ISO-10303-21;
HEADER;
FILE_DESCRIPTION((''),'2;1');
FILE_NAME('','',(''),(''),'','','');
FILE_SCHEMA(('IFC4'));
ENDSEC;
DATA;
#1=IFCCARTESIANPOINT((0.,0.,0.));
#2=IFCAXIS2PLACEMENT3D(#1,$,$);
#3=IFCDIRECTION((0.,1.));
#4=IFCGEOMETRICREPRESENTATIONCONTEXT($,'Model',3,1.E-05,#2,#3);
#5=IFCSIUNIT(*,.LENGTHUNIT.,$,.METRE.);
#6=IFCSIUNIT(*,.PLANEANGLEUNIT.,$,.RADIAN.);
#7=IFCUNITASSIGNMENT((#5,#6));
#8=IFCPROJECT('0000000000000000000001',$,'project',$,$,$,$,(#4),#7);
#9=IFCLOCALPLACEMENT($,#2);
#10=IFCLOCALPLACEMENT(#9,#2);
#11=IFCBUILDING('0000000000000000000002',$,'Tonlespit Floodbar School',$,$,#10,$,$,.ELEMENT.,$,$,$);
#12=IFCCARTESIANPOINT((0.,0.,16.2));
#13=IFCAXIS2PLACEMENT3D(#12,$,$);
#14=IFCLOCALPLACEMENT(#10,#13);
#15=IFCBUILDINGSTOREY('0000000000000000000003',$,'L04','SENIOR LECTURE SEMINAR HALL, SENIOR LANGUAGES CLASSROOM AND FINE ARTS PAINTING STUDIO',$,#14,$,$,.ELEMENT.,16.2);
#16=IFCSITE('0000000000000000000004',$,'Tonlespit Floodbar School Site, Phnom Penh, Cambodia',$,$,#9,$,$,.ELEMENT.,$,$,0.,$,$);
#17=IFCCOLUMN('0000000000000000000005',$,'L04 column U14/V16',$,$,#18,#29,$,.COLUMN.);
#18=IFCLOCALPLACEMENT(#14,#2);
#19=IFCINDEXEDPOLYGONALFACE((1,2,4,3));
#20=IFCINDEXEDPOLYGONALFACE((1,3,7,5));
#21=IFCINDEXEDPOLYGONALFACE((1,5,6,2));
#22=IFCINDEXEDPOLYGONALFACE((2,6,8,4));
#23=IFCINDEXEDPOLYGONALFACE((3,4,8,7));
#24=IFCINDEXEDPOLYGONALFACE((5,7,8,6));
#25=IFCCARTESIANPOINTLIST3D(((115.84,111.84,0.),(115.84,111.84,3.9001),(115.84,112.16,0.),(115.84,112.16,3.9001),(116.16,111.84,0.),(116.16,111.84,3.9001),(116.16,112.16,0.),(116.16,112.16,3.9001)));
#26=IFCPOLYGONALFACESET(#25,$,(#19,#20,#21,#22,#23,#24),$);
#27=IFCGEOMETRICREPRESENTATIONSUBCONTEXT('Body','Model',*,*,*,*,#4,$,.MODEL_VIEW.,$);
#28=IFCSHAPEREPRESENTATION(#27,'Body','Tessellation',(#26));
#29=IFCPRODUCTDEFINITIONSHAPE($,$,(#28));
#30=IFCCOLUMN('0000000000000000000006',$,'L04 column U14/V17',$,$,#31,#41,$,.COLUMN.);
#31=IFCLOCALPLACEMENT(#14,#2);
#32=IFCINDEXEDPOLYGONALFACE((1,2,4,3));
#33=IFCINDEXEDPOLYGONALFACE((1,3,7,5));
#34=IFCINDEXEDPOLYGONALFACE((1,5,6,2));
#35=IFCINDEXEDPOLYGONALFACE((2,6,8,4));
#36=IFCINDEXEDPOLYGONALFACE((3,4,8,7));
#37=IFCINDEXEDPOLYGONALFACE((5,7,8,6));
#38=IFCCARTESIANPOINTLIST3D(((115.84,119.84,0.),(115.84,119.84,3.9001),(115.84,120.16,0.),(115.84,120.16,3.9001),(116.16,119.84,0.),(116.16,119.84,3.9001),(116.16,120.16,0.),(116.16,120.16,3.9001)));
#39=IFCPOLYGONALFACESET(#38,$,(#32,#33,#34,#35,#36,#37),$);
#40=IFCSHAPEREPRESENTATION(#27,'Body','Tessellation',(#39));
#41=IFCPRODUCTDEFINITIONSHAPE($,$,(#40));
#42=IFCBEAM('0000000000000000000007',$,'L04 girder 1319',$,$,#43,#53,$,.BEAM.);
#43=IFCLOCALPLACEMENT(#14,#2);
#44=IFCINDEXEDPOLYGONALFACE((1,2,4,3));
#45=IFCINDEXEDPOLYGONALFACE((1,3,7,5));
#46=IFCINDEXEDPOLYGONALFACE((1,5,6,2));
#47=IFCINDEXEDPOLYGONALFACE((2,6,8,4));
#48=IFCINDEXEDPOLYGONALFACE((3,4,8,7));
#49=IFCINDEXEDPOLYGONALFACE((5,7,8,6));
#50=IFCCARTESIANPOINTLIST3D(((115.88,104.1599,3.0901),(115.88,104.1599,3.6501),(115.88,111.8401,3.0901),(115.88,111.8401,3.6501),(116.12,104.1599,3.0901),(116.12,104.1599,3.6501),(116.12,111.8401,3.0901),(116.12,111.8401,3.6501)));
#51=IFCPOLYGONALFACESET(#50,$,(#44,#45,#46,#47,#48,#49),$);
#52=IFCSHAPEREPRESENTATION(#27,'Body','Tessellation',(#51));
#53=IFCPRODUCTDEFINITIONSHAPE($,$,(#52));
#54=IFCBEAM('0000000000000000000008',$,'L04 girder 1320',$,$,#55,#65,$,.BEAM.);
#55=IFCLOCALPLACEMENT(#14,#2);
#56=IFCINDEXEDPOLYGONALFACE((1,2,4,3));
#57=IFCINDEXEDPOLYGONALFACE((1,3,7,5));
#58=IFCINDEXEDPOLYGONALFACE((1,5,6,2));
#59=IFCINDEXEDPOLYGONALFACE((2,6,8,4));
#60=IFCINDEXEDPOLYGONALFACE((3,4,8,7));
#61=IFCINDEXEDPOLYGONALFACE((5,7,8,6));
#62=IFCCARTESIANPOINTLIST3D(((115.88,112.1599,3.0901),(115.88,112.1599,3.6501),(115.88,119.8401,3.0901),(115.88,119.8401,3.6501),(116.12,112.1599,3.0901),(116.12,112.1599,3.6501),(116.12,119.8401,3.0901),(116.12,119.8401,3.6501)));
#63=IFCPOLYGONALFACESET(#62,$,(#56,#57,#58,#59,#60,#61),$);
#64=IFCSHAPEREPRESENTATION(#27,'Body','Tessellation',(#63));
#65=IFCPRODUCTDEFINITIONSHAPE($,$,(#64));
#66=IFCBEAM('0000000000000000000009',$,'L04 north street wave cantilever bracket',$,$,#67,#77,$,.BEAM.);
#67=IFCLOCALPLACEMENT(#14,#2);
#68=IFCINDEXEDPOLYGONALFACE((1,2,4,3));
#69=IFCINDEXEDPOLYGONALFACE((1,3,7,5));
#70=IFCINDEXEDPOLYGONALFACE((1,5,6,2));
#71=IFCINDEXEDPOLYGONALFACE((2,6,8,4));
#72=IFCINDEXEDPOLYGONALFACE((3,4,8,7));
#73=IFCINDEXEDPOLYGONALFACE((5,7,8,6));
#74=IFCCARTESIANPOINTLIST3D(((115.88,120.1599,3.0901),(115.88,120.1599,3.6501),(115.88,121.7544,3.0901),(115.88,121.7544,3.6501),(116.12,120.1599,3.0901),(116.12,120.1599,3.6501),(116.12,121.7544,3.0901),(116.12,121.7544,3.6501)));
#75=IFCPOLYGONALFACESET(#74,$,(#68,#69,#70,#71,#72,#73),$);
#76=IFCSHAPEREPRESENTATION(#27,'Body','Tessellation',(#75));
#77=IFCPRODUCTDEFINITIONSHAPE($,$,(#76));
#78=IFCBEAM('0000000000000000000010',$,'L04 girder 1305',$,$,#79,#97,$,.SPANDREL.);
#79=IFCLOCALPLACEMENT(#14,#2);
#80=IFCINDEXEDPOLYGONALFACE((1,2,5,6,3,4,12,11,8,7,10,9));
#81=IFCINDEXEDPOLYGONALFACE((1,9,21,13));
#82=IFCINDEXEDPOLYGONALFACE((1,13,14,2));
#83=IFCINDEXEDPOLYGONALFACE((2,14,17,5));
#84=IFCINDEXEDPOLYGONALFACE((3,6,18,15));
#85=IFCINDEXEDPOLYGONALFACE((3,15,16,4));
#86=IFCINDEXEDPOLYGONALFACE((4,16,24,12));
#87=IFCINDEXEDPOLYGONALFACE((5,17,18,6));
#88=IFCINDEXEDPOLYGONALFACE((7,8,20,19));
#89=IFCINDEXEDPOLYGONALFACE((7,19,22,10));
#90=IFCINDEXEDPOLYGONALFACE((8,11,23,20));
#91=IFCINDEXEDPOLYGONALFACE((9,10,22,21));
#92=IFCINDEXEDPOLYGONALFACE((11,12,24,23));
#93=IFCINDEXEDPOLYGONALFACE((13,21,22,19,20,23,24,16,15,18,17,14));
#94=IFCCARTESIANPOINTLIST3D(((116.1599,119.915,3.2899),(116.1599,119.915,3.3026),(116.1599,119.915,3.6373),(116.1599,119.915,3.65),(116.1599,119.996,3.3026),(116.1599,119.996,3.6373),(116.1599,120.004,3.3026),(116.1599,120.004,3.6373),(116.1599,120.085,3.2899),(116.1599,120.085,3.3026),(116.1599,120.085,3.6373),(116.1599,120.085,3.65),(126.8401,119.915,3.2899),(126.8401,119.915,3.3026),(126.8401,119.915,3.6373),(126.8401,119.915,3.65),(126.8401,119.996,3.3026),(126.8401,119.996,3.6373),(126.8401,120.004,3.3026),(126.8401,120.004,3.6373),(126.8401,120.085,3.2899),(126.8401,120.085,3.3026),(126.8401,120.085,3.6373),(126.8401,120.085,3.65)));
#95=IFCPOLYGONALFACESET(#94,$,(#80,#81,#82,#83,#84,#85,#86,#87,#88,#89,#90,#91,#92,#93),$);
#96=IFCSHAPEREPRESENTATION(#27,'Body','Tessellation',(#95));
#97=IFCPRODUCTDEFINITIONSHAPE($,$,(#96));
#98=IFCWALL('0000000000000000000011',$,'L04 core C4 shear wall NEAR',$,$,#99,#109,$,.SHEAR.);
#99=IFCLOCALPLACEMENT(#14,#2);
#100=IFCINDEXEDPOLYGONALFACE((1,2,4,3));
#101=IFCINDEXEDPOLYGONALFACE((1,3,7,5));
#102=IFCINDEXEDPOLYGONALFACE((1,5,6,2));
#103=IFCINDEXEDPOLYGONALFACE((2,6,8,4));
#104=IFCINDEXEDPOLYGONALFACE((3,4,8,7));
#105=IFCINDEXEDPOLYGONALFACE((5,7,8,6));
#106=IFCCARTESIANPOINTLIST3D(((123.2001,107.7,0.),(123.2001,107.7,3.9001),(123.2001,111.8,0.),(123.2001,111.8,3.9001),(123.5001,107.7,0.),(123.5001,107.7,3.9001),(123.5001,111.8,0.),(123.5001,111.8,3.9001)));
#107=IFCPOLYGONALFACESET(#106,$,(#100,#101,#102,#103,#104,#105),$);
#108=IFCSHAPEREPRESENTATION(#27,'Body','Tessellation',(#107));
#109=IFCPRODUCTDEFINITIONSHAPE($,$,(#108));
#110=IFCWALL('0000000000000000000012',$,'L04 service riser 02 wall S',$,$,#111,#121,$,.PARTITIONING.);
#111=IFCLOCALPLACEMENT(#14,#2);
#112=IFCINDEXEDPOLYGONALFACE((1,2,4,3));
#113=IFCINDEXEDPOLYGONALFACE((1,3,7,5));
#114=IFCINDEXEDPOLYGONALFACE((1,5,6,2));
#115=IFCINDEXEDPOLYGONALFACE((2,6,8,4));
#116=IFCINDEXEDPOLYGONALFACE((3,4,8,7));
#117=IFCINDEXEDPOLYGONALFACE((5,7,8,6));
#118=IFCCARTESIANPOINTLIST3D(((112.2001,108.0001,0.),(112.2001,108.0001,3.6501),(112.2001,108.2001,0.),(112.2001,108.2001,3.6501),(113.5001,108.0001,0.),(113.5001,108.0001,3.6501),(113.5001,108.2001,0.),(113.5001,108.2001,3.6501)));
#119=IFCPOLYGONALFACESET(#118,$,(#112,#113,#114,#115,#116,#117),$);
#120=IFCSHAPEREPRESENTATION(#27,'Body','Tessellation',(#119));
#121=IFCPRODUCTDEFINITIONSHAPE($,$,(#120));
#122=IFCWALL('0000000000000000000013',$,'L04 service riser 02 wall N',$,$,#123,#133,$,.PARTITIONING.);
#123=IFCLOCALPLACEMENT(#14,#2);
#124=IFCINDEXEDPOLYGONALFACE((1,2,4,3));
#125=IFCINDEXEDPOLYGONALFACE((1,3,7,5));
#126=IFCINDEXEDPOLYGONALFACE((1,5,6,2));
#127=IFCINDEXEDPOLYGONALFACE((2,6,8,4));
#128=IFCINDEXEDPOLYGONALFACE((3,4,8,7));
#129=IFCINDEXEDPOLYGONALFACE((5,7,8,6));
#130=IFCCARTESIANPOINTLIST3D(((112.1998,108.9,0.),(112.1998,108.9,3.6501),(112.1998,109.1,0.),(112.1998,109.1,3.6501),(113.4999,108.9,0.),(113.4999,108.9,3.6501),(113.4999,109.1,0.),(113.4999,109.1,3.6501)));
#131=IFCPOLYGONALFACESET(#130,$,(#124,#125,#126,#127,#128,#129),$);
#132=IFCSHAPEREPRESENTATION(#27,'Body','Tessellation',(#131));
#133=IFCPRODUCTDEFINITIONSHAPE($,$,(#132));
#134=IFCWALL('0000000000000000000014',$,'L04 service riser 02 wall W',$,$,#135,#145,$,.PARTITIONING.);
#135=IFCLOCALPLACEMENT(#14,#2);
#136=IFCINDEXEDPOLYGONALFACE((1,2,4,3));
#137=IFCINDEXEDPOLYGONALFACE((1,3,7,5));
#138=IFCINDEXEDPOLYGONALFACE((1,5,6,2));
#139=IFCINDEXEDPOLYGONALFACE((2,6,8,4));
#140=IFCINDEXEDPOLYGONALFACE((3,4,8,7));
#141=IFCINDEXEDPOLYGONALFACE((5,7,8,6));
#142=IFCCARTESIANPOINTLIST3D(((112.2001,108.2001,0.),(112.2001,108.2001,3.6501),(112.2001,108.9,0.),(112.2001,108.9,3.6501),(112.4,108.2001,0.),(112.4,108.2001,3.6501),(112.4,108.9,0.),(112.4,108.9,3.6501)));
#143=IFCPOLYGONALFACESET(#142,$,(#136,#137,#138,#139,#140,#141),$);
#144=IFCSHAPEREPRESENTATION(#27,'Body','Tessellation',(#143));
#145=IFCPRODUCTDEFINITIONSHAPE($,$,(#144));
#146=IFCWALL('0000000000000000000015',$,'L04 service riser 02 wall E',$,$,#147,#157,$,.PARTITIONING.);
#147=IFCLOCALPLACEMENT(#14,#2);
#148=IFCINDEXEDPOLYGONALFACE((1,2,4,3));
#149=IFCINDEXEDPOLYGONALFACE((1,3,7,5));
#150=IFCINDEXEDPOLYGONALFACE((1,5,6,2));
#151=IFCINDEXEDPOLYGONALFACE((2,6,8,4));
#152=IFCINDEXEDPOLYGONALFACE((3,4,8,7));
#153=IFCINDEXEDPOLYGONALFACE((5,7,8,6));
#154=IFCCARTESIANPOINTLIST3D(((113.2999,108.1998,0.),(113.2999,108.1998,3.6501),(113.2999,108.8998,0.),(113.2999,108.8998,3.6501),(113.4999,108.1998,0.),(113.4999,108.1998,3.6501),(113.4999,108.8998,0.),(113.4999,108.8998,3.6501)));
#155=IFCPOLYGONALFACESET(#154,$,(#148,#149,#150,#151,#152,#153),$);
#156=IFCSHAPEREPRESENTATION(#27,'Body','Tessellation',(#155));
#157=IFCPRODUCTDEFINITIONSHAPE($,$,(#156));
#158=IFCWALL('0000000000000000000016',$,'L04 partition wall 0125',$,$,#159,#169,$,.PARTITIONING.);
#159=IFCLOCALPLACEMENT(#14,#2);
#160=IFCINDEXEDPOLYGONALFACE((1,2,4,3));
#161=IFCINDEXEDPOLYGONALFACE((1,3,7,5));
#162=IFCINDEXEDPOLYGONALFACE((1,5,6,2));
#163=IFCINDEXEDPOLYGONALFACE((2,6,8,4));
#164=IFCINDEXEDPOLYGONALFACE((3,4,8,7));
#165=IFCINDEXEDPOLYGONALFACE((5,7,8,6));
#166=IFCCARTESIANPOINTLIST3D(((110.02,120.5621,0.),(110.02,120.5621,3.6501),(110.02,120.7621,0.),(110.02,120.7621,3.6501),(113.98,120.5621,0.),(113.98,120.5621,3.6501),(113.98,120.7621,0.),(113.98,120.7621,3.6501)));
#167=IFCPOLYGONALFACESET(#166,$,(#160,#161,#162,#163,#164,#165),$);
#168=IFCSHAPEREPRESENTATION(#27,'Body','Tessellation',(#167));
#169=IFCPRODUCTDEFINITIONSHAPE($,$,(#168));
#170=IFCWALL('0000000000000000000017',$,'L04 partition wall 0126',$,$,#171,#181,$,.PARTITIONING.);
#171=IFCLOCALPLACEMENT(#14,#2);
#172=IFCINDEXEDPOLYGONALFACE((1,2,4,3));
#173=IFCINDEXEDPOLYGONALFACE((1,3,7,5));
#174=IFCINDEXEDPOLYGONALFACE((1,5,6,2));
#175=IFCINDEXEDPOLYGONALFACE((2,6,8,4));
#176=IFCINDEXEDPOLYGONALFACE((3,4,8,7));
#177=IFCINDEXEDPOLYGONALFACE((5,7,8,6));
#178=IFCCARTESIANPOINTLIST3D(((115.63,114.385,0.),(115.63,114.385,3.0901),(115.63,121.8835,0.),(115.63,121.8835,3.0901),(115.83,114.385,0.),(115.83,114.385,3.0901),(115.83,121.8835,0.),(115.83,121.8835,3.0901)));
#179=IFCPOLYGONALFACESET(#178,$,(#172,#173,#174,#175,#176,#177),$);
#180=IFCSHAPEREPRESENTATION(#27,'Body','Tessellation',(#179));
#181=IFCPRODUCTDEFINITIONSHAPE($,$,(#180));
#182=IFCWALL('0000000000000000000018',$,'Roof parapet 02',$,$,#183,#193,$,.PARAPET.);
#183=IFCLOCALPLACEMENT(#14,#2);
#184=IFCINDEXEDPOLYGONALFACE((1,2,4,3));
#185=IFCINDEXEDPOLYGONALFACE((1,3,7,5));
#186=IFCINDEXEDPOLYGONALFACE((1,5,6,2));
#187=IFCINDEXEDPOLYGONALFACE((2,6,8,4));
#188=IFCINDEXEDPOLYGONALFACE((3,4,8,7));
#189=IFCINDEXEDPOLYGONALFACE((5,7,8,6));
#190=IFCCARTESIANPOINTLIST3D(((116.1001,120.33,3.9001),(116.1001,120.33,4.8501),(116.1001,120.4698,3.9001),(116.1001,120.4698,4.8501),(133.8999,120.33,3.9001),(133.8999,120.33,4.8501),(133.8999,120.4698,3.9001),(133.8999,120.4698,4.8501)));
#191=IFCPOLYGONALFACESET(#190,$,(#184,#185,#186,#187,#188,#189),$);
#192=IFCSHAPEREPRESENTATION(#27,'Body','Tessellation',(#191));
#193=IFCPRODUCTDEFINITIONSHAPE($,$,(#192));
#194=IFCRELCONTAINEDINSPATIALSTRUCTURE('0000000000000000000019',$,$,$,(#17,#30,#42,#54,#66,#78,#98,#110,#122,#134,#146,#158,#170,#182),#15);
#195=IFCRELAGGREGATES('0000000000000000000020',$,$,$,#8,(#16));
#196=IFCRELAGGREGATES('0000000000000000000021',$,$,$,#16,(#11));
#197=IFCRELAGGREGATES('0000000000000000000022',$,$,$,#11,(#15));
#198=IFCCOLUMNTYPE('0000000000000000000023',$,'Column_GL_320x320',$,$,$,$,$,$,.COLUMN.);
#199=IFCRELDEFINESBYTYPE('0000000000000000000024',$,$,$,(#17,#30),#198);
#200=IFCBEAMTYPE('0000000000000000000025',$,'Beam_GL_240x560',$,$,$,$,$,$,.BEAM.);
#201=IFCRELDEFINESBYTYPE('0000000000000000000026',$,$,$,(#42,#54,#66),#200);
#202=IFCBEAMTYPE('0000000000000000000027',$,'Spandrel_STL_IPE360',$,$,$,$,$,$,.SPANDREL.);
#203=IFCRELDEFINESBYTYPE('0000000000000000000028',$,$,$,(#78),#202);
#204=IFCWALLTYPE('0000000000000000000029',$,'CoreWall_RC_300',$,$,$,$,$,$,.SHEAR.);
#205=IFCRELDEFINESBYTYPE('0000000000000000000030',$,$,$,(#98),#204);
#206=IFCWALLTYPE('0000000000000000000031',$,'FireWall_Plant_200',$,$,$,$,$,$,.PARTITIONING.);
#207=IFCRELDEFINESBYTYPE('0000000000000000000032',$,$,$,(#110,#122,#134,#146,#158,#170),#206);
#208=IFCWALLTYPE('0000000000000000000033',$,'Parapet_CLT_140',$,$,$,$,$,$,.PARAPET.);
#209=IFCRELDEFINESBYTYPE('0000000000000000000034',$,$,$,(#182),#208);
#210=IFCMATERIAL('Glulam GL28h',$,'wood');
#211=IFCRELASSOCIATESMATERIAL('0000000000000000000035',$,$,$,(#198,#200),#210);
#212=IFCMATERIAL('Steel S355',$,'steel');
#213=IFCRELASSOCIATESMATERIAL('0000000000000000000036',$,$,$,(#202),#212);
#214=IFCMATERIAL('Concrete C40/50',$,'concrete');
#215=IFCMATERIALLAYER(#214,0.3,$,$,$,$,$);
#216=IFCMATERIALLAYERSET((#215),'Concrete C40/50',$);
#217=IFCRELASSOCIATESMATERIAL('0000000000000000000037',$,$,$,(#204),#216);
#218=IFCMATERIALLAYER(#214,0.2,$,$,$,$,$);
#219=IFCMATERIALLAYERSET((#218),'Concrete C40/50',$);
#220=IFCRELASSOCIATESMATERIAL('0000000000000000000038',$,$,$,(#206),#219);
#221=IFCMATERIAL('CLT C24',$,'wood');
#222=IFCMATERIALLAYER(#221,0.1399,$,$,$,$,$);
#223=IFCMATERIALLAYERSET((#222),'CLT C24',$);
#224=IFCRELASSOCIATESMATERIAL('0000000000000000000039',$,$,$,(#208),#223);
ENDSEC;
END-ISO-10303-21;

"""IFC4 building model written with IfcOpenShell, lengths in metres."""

from ifc_helpers import new_model, si_unit, direction, frame, frame_2d, origin, origin_2d, place, context, subcontext, project, spatial, rectangle, i_section, extrude, material, layer, layer_set, material_profile, profile_set, type_object, element, save


model = new_model("IFC4")

# Units and contexts
model_context = context("Model", 3, precision=1e-05, world=origin(), true_north=direction((0.0, 1.0)))
body_context = subcontext(model_context, "Body", "Model", "MODEL_VIEW")
ifc_project = project(units=[si_unit("LENGTHUNIT", "METRE"), si_unit("PLANEANGLEUNIT", "RADIAN")], contexts=[model_context])

# Site, building, storey
site_placement = place(None, origin())
site = spatial("IfcSite", under=ifc_project, at=site_placement, Name="Tonlespit Floodbar School Site, Phnom Penh, Cambodia", CompositionType="ELEMENT", RefElevation=0.0)
building_placement = place(site_placement, origin())
building = spatial("IfcBuilding", under=site, at=building_placement, Name="Tonlespit Floodbar School", CompositionType="ELEMENT")
storey_placement = place(building_placement, frame((0.0, 0.0, 16.2)))
storey = spatial("IfcBuildingStorey", under=building, at=storey_placement, Name="L04", Description="SENIOR LECTURE SEMINAR HALL, SENIOR LANGUAGES CLASSROOM AND FINE ARTS PAINTING STUDIO", CompositionType="ELEMENT", Elevation=16.2)

# Columns
ifc_material_1 = material(Name="Glulam GL28h", Category="wood")
ifc_material_profile_1 = material_profile(ifc_material_1, rectangle(XDim=0.3201, YDim=0.3201, at=origin_2d()), Name="GL 320x320")
ifc_profile_set_1 = profile_set([ifc_material_profile_1], Name="Glulam GL28h")
column_type = type_object("IfcColumnType", Name="Column_GL_320x320", PredefinedType="COLUMN", material=ifc_profile_set_1)
for number, where, z_axis, x_axis, name in (
    (1, (116.0, 112.0, 0.0), (0.0, 0.0, 1.0), (1.0, 0.0, 0.0), "L04 column U14/V16"),
    (2, (116.0, 120.0, 0.0), (0.0, 0.0, 1.0), (1.0, 0.0, 0.0), "L04 column U14/V17"),
):
    element("IfcColumn", number, at=place(storey_placement, frame(where, z_axis=z_axis, x_axis=x_axis)), inside=storey, type_object=column_type, Name=name, PredefinedType="COLUMN", context=body_context, shape_type="SweptSolid", body=[
        extrude(rectangle(XDim=0.3201, YDim=0.3201, at=origin_2d()), origin(), (0.0, 0.0, 1.0), 3.9001),
    ])

# Beams
ifc_material_profile_2 = material_profile(ifc_material_1, rectangle(XDim=0.24, YDim=0.5601, at=origin_2d()), Name="GL 240x560")
ifc_profile_set_2 = profile_set([ifc_material_profile_2], Name="Glulam GL28h")
beam_type_1 = type_object("IfcBeamType", Name="Beam_GL_240x560", PredefinedType="BEAM", material=ifc_profile_set_2)
for number, where, z_axis, x_axis, name in (
    (3, (116.0, 104.1599, 3.3701), (0.0, 1.0, 0.0), (-1.0, 0.0, 0.0), "L04 girder 1319"),
    (4, (116.0, 112.1599, 3.3701), (0.0, 1.0, 0.0), (-1.0, 0.0, 0.0), "L04 girder 1320"),
):
    element("IfcBeam", number, at=place(storey_placement, frame(where, z_axis=z_axis, x_axis=x_axis)), inside=storey, type_object=beam_type_1, Name=name, PredefinedType="BEAM", context=body_context, shape_type="SweptSolid", body=[
        extrude(rectangle(XDim=0.24, YDim=0.5601, at=origin_2d()), origin(), (0.0, 0.0, 1.0), 7.6802),
    ])
beam_1_placement = place(storey_placement, frame((116.0, 120.1599, 3.3701), z_axis=(0.0, 1.0, 0.0), x_axis=(-1.0, 0.0, 0.0)))
element("IfcBeam", 5, at=beam_1_placement, inside=storey, type_object=beam_type_1, Name="L04 north street wave cantilever bracket", PredefinedType="BEAM", context=body_context, shape_type="SweptSolid", body=[
    extrude(rectangle(XDim=0.24, YDim=0.5601, at=origin_2d()), origin(), (0.0, 0.0, 1.0), 1.5945),
])
ifc_material_2 = material(Name="Steel S355", Category="steel")
ifc_material_profile_3 = material_profile(ifc_material_2, i_section(OverallWidth=0.1699, OverallDepth=0.3601, WebThickness=0.0081, FlangeThickness=0.0127, at=origin_2d()), Name="IPE 360")
ifc_profile_set_3 = profile_set([ifc_material_profile_3], Name="Steel S355")
beam_type_2 = type_object("IfcBeamType", Name="Spandrel_STL_IPE360", PredefinedType="SPANDREL", material=ifc_profile_set_3)
beam_2_placement = place(storey_placement, frame((116.1599, 120.0, 3.47), z_axis=(1.0, 0.0, 0.0), x_axis=(0.0, 1.0, 0.0)))
element("IfcBeam", 6, at=beam_2_placement, inside=storey, type_object=beam_type_2, Name="L04 girder 1305", PredefinedType="SPANDREL", context=body_context, shape_type="SweptSolid", body=[
    extrude(i_section(OverallWidth=0.1699, OverallDepth=0.3601, WebThickness=0.0081, FlangeThickness=0.0127, at=origin_2d()), origin(), (0.0, 0.0, 1.0), 10.6802),
])

# Wall
ifc_material_3 = material(Name="Concrete C40/50", Category="concrete")
ifc_layer_1 = layer(ifc_material_3, 0.3)
ifc_layer_set_1 = layer_set([ifc_layer_1], Name="Concrete C40/50")
wall_type_1 = type_object("IfcWallType", Name="CoreWall_RC_300", PredefinedType="SHEAR", material=ifc_layer_set_1)
wall_1_placement = place(storey_placement, frame((123.3501, 107.7, 0.0), z_axis=(0.0, 0.0, 1.0), x_axis=(0.0, 1.0, 0.0)))
element("IfcWall", 7, at=wall_1_placement, inside=storey, type_object=wall_type_1, Name="L04 core C4 shear wall NEAR", PredefinedType="SHEAR", context=body_context, shape_type="SweptSolid", body=[
    extrude(rectangle(XDim=4.1001, YDim=0.3, at=frame_2d((2.05, 0.0))), origin(), (0.0, 0.0, 1.0), 3.9001),
])

# Walls
ifc_layer_2 = layer(ifc_material_3, 0.2)
ifc_layer_set_2 = layer_set([ifc_layer_2], Name="Concrete C40/50")
wall_type_2 = type_object("IfcWallType", Name="FireWall_Plant_200", PredefinedType="PARTITIONING", material=ifc_layer_set_2)
for number, where, z_axis, x_axis, name in (
    (8, (113.5, 108.1001, 0.0), (0.0, 0.0, 1.0), (-1.0, 0.0, 0.0), "L04 service riser 02 wall S"),
    (9, (112.2, 109.0, 0.0), (0.0, 0.0, 1.0), (1.0, 0.0, 0.0), "L04 service riser 02 wall N"),
):
    element("IfcWall", number, at=place(storey_placement, frame(where, z_axis=z_axis, x_axis=x_axis)), inside=storey, type_object=wall_type_2, Name=name, PredefinedType="PARTITIONING", context=body_context, shape_type="SweptSolid", body=[
        extrude(rectangle(XDim=1.3, YDim=0.2, at=frame_2d((0.6499, 0.0))), origin(), (0.0, 0.0, 1.0), 3.6501),
    ])
for number, where, z_axis, x_axis, name in (
    (10, (112.3, 108.2, 0.0), (0.0, 0.0, 1.0), (0.0, 1.0, 0.0), "L04 service riser 02 wall W"),
    (11, (113.3999, 108.8999, 0.0), (0.0, 0.0, 1.0), (0.0, -1.0, 0.0), "L04 service riser 02 wall E"),
):
    element("IfcWall", number, at=place(storey_placement, frame(where, z_axis=z_axis, x_axis=x_axis)), inside=storey, type_object=wall_type_2, Name=name, PredefinedType="PARTITIONING", context=body_context, shape_type="SweptSolid", body=[
        extrude(rectangle(XDim=0.7, YDim=0.2, at=frame_2d((0.3501, 0.0))), origin(), (0.0, 0.0, 1.0), 3.6501),
    ])
wall_2_placement = place(storey_placement, frame((110.02, 120.6621, 0.0), z_axis=(0.0, 0.0, 1.0), x_axis=(1.0, 0.0, 0.0)))
element("IfcWall", 12, at=wall_2_placement, inside=storey, type_object=wall_type_2, Name="L04 partition wall 0125", PredefinedType="PARTITIONING", context=body_context, shape_type="SweptSolid", body=[
    extrude(rectangle(XDim=3.96, YDim=0.2, at=frame_2d((1.98, 0.0))), origin(), (0.0, 0.0, 1.0), 3.6501),
])
wall_3_placement = place(storey_placement, frame((115.73, 114.385, 0.0), z_axis=(0.0, 0.0, 1.0), x_axis=(0.0, 1.0, 0.0)))
element("IfcWall", 13, at=wall_3_placement, inside=storey, type_object=wall_type_2, Name="L04 partition wall 0126", PredefinedType="PARTITIONING", context=body_context, shape_type="SweptSolid", body=[
    extrude(rectangle(XDim=7.4985, YDim=0.2, at=frame_2d((3.7493, 0.0))), origin(), (0.0, 0.0, 1.0), 3.0901),
])
ifc_material_4 = material(Name="CLT C24", Category="wood")
ifc_layer_3 = layer(ifc_material_4, 0.1399)
ifc_layer_set_3 = layer_set([ifc_layer_3], Name="CLT C24")
wall_type_3 = type_object("IfcWallType", Name="Parapet_CLT_140", PredefinedType="PARAPET", material=ifc_layer_set_3)
wall_4_placement = place(storey_placement, frame((116.1001, 120.3999, 3.9001), z_axis=(0.0, 0.0, 1.0), x_axis=(1.0, 0.0, 0.0)))
element("IfcWall", 14, at=wall_4_placement, inside=storey, type_object=wall_type_3, Name="Roof parapet 02", PredefinedType="PARAPET", context=body_context, shape_type="SweptSolid", body=[
    extrude(rectangle(XDim=17.7998, YDim=0.1399, at=frame_2d((8.8999, 0.0))), origin(), (0.0, 0.0, 1.0), 0.95),
])

save(model, "model.ifc")
